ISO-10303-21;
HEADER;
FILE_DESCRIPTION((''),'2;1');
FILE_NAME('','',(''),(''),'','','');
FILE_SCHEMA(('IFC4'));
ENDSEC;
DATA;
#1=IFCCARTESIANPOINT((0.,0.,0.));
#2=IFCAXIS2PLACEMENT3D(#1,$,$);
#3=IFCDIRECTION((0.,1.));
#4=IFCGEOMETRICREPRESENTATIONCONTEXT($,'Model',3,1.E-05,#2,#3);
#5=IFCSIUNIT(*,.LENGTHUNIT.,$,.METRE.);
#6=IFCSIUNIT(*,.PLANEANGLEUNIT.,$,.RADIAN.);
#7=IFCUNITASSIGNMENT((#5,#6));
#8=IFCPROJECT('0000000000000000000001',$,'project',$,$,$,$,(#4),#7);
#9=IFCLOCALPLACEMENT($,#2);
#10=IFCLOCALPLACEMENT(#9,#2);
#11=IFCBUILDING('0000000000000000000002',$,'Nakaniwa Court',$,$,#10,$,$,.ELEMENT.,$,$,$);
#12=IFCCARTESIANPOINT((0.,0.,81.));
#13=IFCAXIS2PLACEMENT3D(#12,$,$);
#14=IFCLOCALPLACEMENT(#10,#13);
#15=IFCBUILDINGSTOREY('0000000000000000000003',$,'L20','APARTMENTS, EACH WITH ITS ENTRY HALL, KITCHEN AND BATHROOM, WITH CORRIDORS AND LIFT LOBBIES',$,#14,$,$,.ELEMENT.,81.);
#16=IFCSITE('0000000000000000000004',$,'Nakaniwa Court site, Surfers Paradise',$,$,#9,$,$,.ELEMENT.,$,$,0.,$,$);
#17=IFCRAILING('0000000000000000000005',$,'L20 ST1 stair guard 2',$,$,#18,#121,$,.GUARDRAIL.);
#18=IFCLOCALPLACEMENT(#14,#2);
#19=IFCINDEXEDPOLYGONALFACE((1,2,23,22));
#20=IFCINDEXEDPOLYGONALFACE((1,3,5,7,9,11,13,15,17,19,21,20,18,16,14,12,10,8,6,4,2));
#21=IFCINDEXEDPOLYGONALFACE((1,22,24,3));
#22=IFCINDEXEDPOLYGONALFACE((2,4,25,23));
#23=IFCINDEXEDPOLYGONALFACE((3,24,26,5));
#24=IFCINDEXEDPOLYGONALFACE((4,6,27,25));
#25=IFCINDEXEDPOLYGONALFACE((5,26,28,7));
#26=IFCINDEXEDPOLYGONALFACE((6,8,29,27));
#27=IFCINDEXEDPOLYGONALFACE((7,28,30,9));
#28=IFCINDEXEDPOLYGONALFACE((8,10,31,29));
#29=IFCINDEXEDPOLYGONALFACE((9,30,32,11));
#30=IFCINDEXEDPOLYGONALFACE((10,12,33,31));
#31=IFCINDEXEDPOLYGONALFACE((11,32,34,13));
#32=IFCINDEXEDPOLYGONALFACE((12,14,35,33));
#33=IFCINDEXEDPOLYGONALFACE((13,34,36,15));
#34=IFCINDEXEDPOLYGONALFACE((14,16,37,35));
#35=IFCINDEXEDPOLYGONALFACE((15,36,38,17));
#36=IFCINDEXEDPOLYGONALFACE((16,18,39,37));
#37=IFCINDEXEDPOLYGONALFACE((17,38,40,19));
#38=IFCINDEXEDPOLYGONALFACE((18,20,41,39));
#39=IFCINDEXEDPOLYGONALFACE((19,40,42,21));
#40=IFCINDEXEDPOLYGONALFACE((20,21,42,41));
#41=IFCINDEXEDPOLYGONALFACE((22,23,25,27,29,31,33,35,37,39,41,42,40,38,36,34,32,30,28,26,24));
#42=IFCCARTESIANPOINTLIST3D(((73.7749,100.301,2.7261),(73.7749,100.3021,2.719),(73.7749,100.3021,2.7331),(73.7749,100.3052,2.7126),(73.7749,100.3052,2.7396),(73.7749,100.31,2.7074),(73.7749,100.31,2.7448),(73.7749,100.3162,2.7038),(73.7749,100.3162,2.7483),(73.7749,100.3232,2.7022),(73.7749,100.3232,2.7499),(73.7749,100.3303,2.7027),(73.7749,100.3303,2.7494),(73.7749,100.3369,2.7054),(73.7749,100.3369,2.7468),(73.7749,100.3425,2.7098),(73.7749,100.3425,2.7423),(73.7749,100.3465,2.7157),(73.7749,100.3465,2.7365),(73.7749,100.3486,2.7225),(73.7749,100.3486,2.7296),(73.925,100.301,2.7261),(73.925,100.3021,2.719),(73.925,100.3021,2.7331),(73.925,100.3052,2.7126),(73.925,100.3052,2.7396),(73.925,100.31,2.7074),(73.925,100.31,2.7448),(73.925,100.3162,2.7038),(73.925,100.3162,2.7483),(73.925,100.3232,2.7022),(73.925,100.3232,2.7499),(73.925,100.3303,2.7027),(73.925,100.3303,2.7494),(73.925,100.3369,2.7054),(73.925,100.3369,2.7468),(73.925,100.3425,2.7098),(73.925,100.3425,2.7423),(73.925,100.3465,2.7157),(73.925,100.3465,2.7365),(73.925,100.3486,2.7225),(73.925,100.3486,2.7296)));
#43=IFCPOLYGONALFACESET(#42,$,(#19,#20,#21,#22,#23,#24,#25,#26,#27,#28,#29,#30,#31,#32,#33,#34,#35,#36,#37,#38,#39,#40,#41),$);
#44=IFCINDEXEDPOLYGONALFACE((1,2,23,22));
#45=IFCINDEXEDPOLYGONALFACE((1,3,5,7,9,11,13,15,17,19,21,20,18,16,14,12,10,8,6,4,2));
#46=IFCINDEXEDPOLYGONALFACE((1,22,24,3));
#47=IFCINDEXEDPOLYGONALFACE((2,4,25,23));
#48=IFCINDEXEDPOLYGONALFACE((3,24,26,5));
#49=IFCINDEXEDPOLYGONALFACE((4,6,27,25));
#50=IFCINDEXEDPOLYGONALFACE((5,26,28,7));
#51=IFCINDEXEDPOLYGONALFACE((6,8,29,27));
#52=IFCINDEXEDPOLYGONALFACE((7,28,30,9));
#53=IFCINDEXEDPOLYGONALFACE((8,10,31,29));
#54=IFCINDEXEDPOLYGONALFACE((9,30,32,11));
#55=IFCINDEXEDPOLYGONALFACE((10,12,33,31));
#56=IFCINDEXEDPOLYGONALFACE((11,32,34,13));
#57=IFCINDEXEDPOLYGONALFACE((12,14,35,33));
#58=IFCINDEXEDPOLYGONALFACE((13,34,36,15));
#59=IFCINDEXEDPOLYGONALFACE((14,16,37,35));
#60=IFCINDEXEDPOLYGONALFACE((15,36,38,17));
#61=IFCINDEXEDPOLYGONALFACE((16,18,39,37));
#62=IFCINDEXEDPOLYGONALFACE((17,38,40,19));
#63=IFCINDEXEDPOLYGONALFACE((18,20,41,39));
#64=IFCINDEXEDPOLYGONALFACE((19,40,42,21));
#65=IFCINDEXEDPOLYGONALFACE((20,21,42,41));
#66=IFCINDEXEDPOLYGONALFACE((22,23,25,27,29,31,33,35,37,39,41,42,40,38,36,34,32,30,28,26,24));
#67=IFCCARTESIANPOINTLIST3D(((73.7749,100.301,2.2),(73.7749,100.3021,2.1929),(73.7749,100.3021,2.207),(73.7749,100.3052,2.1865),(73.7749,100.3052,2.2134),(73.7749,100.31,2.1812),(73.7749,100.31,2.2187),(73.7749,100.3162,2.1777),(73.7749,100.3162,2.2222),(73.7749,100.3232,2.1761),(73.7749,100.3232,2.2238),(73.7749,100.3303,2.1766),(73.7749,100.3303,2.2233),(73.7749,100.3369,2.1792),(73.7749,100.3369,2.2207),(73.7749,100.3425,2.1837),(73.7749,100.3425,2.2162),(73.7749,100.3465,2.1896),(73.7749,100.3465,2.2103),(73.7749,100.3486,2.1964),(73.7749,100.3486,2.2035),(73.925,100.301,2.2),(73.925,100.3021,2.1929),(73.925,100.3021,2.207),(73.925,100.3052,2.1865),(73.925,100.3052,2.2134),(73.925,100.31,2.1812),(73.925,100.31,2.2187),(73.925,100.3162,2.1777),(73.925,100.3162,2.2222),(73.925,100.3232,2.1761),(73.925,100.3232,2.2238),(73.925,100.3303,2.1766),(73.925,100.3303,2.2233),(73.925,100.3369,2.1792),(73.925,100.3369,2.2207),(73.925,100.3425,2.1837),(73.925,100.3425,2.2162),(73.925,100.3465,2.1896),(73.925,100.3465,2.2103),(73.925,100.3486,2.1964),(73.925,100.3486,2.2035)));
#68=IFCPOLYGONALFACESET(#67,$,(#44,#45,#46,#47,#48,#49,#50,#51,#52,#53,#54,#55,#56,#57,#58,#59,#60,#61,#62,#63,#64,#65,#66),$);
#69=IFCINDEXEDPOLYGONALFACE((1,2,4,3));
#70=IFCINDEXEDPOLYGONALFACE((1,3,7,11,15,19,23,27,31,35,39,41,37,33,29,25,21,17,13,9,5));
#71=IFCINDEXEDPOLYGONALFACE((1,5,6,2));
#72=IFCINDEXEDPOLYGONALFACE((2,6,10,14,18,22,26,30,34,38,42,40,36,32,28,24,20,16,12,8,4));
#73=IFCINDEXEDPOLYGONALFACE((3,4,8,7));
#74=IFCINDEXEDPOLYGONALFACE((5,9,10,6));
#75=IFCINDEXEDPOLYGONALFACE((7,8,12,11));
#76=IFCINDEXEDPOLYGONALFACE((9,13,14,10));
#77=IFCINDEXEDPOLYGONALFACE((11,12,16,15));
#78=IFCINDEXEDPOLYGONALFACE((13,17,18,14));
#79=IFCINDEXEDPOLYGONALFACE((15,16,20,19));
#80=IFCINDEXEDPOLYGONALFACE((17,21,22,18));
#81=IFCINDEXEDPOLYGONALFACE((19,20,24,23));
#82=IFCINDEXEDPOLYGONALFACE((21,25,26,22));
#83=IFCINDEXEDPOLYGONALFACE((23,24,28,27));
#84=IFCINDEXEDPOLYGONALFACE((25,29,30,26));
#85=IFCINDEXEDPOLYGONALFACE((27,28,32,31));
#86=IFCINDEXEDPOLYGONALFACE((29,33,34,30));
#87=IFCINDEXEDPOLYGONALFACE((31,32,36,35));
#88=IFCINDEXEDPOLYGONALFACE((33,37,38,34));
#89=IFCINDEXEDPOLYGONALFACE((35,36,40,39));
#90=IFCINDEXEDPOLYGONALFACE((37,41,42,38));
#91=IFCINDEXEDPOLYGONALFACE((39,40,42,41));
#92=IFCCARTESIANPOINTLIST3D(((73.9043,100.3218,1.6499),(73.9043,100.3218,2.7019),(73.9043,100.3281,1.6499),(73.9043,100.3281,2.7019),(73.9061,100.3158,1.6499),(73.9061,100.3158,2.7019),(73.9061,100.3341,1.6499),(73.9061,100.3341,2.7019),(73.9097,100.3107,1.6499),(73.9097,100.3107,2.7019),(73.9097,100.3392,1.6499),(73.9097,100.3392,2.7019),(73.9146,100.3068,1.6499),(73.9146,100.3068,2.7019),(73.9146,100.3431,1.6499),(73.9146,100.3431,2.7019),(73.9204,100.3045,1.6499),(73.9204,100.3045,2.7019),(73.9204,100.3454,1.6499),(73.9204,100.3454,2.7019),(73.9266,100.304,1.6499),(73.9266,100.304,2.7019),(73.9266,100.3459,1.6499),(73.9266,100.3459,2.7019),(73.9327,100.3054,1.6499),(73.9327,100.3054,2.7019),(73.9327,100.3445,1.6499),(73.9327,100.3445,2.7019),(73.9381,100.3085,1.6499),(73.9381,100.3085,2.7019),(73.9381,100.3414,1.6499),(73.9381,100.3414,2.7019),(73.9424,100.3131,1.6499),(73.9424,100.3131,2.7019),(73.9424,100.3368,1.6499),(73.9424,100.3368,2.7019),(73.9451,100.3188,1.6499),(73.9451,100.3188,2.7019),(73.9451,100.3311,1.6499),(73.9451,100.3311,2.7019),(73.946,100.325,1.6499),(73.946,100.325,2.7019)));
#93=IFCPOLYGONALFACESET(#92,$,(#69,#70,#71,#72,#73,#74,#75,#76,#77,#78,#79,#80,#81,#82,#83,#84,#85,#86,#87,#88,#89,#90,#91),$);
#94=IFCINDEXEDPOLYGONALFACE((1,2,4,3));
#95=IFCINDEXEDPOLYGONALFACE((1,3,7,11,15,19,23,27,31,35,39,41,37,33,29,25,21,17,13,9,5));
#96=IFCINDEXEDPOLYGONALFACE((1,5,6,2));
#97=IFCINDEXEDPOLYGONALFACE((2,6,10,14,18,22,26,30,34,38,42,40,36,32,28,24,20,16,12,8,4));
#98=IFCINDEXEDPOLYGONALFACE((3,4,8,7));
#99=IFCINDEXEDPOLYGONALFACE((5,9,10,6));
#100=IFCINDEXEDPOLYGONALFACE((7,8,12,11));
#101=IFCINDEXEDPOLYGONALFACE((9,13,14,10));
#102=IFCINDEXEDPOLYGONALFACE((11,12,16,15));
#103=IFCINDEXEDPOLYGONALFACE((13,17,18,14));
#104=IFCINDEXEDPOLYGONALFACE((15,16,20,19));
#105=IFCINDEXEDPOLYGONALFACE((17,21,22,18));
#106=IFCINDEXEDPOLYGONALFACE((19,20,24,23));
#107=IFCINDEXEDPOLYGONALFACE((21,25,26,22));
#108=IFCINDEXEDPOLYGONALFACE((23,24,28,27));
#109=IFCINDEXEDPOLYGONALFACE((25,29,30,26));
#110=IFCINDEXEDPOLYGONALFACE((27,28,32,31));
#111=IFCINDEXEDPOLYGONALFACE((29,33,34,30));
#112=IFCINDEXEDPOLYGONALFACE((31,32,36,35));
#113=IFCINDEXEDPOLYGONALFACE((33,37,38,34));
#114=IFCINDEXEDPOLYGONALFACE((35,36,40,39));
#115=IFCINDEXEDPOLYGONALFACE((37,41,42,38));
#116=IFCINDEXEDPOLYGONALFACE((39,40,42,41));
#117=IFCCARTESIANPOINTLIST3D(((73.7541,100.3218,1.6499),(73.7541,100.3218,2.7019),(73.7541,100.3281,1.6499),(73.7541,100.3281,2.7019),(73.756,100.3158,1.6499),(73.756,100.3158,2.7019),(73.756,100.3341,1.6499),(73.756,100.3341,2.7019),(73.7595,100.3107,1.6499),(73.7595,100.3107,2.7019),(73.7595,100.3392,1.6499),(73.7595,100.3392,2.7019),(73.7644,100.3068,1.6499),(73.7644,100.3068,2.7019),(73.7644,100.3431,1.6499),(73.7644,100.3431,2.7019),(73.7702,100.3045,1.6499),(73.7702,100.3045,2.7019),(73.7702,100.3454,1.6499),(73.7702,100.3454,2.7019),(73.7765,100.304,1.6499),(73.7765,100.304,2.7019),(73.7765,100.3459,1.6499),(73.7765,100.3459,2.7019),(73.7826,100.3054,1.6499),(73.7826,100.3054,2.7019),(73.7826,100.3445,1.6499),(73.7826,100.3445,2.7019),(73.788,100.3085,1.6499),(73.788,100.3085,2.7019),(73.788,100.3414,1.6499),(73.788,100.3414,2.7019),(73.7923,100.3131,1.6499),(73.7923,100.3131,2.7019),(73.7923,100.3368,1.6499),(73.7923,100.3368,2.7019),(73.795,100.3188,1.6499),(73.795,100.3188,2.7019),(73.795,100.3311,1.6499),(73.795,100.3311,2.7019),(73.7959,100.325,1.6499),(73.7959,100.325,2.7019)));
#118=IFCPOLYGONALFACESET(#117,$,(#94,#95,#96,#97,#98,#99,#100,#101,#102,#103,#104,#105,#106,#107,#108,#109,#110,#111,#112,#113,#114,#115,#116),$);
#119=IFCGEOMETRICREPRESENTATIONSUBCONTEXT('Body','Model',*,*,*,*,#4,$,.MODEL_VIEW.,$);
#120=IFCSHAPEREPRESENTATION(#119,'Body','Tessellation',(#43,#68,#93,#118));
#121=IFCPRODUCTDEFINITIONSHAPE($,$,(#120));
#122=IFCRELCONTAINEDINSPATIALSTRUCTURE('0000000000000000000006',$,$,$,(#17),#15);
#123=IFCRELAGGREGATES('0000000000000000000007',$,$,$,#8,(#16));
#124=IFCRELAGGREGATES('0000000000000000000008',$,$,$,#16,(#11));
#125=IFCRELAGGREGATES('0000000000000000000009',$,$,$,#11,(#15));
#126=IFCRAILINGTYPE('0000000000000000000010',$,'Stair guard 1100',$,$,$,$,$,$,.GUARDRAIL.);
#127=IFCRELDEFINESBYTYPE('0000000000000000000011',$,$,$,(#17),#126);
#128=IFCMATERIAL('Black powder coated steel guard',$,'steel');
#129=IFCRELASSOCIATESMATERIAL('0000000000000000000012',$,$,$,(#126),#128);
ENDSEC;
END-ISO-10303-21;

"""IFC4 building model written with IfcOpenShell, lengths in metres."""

from ifc_helpers import new_model, si_unit, direction, frame, origin, origin_2d, place, context, subcontext, project, spatial, circle, extrude, material, type_object, element, save


model = new_model("IFC4")

# Units and contexts
model_context = context("Model", 3, precision=1e-05, world=origin(), true_north=direction((0.0, 1.0)))
body_context = subcontext(model_context, "Body", "Model", "MODEL_VIEW")
ifc_project = project(units=[si_unit("LENGTHUNIT", "METRE"), si_unit("PLANEANGLEUNIT", "RADIAN")], contexts=[model_context])

# Site, building, storey
site_placement = place(None, origin())
site = spatial("IfcSite", under=ifc_project, at=site_placement, Name="Nakaniwa Court site, Surfers Paradise", CompositionType="ELEMENT", RefElevation=0.0)
building_placement = place(site_placement, origin())
building = spatial("IfcBuilding", under=site, at=building_placement, Name="Nakaniwa Court", CompositionType="ELEMENT")
storey_placement = place(building_placement, frame((0.0, 0.0, 81.0)))
storey = spatial("IfcBuildingStorey", under=building, at=storey_placement, Name="L20", Description="APARTMENTS, EACH WITH ITS ENTRY HALL, KITCHEN AND BATHROOM, WITH CORRIDORS AND LIFT LOBBIES", CompositionType="ELEMENT", Elevation=81.0)

# Railing
ifc_material_1 = material(Name="Black powder coated steel guard", Category="steel")
railing_type_1 = type_object("IfcRailingType", Name="Stair guard 1100", PredefinedType="GUARDRAIL", material=ifc_material_1)
railing_1_placement = place(storey_placement, frame((73.925, 100.325, 1.6499)))
element("IfcRailing", 1, at=railing_1_placement, inside=storey, type_object=railing_type_1, Name="L20 ST1 stair guard 2", PredefinedType="GUARDRAIL", context=body_context, shape_type="SweptSolid", body=[
    extrude(circle(Radius=0.0239, at=origin_2d()), frame((0.0, 0.0, 1.0762), z_axis=(-1.0, 0.0, 0.0), x_axis=(0.0, -1.0, 0.0)), (0.0, 0.0, 1.0), 0.1501),
    extrude(circle(Radius=0.0239, at=origin_2d()), frame((0.0, 0.0, 0.55), z_axis=(-1.0, 0.0, 0.0), x_axis=(0.0, -1.0, 0.0)), (0.0, 0.0, 1.0), 0.1501),
    extrude(circle(Radius=0.021, at=origin_2d()), origin(), (0.0, 0.0, 1.0), 1.052),
    extrude(circle(Radius=0.021, at=origin_2d()), frame((-0.1501, 0.0, 0.0)), (0.0, 0.0, 1.0), 1.052),
])

save(model, "model.ifc")
